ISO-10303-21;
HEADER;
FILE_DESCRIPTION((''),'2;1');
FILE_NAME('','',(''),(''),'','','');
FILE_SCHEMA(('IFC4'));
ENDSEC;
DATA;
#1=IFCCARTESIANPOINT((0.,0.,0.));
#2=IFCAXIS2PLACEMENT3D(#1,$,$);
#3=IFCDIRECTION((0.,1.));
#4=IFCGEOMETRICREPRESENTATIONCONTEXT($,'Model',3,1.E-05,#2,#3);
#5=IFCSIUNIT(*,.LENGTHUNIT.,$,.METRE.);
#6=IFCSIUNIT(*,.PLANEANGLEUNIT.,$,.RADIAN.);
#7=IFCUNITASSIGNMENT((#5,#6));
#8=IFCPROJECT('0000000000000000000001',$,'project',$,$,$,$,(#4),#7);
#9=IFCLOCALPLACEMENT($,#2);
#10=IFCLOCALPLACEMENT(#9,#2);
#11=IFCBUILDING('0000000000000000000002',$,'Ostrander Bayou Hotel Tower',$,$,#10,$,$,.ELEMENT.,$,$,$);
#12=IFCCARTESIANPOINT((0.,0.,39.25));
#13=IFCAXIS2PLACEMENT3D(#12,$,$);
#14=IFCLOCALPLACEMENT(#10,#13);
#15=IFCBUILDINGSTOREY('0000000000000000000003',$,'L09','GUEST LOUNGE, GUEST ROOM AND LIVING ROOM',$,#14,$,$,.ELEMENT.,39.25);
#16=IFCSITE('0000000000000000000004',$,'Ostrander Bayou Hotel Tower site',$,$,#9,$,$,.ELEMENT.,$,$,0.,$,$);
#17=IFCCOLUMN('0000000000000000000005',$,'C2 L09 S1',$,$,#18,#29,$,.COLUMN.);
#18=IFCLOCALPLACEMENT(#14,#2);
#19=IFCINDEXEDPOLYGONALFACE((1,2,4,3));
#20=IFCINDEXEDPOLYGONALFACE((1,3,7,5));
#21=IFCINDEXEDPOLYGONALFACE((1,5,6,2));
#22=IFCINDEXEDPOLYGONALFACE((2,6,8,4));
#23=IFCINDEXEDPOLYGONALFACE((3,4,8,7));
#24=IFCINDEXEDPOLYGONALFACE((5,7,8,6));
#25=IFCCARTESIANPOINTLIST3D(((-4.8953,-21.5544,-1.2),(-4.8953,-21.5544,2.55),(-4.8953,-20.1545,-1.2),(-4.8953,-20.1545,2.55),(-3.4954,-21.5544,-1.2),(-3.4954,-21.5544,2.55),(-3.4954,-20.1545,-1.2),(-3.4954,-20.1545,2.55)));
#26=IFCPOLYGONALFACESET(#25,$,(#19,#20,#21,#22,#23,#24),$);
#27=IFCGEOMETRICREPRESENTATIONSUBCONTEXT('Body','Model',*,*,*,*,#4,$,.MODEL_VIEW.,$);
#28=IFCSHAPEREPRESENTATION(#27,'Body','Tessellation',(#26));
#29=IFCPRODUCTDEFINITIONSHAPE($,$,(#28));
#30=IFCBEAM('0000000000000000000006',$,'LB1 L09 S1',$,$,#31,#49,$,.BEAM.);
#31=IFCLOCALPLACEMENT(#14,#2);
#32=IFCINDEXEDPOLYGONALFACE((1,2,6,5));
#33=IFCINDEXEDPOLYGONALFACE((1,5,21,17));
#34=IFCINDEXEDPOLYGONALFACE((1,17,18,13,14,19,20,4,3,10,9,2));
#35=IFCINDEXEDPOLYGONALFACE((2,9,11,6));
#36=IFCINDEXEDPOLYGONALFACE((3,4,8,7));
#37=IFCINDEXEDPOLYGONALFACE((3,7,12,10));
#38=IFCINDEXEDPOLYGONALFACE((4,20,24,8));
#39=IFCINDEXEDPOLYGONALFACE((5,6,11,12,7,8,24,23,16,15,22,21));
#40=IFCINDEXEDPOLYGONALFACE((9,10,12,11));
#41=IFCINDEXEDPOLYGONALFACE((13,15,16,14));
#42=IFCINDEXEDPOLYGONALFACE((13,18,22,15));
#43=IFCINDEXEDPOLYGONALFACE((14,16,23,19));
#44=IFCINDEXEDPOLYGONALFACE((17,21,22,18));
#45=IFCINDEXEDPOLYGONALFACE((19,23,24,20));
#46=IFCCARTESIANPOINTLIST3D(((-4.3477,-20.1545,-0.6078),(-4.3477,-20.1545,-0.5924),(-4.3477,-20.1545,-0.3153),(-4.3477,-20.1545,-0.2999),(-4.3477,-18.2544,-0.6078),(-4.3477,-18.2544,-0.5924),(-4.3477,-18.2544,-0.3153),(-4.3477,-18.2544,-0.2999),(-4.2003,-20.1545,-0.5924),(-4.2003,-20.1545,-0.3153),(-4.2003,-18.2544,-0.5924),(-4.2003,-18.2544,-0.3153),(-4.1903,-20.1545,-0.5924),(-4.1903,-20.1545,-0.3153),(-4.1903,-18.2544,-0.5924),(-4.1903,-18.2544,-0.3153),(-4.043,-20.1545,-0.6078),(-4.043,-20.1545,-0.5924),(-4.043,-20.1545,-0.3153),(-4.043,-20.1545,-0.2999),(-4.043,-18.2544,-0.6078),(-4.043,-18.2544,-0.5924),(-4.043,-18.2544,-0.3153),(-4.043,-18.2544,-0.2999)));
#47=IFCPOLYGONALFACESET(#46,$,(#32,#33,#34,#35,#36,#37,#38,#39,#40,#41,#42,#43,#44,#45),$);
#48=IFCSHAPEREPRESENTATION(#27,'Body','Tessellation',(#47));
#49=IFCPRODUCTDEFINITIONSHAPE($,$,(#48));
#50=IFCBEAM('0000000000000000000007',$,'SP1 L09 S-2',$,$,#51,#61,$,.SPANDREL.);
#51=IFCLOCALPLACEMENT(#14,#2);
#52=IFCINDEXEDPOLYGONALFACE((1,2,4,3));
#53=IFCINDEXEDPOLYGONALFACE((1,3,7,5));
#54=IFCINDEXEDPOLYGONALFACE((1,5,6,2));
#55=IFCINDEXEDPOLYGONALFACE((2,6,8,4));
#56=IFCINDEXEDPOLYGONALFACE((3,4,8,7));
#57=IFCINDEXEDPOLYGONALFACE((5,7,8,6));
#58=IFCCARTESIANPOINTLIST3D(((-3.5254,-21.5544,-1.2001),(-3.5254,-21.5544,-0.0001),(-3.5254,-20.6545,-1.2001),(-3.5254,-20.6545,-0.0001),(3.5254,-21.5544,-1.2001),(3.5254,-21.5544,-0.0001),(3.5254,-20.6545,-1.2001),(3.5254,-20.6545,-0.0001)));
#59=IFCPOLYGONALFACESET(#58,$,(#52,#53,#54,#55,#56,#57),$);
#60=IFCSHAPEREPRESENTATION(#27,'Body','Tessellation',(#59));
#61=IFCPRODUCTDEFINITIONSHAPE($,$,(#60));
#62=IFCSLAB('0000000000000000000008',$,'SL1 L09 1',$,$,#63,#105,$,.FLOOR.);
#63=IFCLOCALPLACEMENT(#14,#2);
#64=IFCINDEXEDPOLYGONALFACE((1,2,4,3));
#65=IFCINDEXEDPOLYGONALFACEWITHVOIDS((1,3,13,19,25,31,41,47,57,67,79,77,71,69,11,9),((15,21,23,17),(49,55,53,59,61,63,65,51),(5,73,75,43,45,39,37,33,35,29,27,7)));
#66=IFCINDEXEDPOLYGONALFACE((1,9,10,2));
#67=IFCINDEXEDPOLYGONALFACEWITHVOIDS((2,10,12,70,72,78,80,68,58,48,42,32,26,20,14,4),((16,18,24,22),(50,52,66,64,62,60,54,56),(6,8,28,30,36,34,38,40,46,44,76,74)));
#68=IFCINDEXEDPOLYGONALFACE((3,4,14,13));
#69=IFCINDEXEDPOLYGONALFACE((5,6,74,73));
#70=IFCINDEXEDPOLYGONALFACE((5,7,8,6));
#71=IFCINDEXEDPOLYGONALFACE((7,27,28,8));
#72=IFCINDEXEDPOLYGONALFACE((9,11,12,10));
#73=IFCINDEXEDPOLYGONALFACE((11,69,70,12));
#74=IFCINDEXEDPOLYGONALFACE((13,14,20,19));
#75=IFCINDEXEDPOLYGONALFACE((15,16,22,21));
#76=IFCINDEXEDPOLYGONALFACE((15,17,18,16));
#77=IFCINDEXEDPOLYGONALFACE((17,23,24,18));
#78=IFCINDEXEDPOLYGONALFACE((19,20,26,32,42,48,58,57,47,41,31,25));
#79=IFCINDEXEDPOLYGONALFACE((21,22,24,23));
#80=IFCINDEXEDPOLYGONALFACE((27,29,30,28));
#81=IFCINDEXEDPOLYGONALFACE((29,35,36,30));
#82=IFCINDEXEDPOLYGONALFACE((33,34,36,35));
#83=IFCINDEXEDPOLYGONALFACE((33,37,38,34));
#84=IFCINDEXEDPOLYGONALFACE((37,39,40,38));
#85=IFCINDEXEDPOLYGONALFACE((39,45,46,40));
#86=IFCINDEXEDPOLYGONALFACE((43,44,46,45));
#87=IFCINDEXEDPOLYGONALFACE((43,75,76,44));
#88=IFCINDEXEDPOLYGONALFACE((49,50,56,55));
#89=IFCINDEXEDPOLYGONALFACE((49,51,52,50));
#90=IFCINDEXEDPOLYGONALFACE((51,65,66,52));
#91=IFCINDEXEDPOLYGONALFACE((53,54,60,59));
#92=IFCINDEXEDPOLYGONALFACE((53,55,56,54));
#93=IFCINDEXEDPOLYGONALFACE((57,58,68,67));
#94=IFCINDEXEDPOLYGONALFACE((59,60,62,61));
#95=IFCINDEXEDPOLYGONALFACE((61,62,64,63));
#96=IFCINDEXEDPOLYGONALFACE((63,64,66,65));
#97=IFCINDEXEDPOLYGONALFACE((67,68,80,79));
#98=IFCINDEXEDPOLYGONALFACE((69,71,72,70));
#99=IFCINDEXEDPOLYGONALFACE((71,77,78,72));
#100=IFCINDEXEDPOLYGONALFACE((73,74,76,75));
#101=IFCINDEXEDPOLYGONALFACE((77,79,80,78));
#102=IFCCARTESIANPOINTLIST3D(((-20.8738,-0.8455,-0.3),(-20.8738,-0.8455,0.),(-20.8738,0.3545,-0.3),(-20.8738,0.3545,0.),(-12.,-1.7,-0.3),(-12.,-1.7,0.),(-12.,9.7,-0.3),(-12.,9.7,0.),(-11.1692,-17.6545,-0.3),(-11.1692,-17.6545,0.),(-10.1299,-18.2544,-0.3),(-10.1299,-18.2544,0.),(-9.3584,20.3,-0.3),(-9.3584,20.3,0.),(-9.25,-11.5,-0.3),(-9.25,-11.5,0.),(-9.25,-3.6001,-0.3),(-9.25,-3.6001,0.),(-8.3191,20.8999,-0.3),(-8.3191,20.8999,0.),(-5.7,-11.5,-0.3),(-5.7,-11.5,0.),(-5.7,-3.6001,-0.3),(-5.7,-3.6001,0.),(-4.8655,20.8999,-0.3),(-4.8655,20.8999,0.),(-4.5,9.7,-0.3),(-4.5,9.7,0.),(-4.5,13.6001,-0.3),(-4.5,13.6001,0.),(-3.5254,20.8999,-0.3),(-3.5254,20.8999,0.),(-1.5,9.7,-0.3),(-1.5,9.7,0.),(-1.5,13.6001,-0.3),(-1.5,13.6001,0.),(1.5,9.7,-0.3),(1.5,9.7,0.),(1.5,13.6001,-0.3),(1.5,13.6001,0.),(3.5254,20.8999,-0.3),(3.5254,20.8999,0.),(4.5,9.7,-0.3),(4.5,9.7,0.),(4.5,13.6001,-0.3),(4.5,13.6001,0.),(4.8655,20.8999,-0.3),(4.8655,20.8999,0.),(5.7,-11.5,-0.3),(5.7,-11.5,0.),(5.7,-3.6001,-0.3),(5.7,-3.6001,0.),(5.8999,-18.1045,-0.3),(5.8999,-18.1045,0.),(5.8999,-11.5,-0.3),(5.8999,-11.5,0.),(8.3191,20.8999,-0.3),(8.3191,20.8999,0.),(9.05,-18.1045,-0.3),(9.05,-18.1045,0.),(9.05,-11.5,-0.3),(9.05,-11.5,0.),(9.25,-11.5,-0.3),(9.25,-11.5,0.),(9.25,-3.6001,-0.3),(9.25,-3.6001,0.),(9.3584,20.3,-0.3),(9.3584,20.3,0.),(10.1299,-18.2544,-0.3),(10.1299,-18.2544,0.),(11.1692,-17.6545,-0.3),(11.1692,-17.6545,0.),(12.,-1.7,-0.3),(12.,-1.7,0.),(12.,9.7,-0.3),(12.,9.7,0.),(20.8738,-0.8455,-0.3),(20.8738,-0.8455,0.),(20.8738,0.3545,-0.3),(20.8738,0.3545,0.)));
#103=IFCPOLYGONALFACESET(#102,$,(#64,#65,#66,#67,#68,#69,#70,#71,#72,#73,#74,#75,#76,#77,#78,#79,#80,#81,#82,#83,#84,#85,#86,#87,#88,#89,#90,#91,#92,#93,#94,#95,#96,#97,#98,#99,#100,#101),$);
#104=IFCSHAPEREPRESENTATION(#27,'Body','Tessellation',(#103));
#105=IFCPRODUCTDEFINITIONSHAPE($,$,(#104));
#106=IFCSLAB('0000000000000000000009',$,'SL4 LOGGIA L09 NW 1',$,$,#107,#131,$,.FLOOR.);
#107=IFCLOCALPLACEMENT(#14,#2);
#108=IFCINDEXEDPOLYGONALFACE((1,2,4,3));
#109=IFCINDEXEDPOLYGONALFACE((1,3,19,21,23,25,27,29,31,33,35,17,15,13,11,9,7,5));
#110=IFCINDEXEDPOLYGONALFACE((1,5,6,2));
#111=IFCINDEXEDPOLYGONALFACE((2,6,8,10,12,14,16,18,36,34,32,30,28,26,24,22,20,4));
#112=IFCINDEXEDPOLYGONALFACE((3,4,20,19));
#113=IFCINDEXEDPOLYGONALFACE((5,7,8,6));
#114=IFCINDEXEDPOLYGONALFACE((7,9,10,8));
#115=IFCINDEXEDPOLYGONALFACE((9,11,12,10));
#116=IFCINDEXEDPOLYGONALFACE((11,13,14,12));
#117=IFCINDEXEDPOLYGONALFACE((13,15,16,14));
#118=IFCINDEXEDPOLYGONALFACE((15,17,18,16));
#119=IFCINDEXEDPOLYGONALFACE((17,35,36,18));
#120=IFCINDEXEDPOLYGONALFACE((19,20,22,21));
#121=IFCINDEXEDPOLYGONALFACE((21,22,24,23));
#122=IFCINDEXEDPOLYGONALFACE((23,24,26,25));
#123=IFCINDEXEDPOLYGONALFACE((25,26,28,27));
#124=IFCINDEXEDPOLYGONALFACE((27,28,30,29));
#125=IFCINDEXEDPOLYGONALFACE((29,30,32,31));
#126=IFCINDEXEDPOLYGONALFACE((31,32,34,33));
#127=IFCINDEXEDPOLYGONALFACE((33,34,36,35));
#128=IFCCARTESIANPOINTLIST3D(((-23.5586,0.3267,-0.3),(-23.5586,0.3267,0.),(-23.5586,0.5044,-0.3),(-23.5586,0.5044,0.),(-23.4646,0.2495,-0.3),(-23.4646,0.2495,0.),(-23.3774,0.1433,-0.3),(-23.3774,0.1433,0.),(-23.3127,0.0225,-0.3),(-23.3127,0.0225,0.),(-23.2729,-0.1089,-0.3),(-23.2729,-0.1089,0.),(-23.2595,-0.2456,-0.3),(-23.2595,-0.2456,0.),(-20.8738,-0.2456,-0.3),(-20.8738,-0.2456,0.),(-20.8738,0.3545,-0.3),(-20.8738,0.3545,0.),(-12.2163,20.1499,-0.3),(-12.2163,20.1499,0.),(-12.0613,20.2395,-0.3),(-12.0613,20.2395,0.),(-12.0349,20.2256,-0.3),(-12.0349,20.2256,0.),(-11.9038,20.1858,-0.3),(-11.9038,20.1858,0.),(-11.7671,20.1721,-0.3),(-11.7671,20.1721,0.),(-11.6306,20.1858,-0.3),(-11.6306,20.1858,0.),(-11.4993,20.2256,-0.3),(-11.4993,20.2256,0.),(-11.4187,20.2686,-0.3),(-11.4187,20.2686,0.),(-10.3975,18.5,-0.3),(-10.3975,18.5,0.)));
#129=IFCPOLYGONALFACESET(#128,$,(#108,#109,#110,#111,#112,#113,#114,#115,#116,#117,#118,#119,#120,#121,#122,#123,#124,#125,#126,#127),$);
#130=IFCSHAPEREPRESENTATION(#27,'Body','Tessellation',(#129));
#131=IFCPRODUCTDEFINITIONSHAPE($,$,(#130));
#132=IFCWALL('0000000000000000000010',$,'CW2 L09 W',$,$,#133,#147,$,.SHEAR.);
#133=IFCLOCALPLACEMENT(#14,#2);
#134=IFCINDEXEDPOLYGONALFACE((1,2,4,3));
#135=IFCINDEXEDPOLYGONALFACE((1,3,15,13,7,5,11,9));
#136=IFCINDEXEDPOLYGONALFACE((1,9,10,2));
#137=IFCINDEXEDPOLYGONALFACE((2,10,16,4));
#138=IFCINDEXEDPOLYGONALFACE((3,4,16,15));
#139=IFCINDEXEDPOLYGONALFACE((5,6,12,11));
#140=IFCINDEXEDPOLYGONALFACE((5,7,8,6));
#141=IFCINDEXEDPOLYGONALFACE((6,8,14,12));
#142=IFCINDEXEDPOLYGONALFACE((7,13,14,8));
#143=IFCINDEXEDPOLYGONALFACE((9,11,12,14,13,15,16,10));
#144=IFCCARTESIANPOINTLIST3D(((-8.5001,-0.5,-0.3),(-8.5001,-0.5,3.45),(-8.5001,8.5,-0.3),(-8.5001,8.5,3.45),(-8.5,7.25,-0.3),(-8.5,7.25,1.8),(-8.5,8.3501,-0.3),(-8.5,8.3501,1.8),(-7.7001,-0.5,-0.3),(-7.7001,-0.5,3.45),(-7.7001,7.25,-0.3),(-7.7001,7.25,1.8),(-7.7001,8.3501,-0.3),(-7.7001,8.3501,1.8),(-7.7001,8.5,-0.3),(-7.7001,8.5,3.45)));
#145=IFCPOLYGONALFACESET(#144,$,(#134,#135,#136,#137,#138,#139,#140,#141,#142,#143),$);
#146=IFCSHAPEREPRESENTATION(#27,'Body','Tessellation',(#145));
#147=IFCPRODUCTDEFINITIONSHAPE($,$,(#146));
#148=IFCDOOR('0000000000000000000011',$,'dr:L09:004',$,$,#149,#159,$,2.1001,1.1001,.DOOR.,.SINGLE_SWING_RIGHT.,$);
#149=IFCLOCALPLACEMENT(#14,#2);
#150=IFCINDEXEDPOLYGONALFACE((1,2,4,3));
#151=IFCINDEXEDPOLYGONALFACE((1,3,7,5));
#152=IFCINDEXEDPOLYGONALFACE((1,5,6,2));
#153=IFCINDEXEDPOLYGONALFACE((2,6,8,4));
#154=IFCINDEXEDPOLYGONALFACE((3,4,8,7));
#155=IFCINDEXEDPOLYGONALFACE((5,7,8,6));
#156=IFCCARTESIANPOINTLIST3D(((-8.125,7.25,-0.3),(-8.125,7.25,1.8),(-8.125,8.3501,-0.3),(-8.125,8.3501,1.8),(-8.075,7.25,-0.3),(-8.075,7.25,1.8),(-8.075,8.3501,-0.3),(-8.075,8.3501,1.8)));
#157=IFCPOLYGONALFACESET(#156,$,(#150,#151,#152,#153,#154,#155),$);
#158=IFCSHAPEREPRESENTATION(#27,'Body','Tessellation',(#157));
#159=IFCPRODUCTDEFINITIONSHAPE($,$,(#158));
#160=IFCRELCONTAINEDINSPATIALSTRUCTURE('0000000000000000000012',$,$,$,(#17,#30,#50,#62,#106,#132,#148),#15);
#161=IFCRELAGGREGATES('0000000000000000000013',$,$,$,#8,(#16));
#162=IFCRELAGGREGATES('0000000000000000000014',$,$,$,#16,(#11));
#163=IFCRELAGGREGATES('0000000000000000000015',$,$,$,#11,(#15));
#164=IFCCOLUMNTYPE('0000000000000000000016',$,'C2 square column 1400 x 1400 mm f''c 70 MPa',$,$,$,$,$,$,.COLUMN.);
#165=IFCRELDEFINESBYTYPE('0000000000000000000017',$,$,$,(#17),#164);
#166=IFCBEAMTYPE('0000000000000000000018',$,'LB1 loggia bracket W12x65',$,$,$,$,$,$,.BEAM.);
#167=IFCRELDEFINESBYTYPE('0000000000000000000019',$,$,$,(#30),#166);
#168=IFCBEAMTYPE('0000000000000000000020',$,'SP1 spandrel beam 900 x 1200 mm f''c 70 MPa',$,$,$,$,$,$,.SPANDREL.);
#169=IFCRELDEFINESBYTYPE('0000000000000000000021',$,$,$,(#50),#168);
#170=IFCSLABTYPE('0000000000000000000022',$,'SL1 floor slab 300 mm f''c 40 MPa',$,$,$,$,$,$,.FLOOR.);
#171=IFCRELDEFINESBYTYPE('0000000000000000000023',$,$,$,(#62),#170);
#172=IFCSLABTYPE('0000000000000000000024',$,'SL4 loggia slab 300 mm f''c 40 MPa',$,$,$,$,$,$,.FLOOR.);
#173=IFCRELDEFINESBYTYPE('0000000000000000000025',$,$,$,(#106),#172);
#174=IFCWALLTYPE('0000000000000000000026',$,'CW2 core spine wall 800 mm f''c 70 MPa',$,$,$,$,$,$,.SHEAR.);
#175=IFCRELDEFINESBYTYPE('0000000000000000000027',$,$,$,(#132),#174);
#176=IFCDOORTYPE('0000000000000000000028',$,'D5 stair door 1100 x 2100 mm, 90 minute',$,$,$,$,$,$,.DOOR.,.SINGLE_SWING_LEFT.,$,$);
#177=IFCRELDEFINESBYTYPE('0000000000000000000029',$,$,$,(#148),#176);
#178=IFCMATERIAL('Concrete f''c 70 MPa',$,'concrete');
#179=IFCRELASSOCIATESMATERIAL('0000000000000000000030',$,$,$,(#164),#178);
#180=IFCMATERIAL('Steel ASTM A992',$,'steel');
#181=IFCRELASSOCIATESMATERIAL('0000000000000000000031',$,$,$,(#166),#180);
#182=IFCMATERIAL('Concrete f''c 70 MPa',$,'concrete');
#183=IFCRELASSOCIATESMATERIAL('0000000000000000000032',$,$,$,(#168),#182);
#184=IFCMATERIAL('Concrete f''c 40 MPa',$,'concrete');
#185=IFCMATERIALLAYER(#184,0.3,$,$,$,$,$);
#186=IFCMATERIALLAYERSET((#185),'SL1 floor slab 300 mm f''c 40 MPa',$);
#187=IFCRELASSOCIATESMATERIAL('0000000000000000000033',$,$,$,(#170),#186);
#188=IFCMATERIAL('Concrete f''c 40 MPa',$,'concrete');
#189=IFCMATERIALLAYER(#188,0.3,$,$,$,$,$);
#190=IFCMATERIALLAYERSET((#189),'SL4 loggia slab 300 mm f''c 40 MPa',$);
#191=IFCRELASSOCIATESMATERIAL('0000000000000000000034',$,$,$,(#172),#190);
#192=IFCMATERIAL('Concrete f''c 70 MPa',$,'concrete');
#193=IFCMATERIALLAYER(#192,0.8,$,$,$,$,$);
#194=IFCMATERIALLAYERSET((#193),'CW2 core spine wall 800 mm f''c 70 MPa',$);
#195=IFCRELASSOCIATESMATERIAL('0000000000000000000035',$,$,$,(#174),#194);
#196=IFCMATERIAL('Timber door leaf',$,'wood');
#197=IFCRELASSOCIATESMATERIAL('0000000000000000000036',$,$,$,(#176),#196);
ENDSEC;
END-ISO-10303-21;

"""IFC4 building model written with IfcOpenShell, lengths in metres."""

from ifc_helpers import new_model, si_unit, direction, frame, frame_2d, origin, origin_2d, place, context, subcontext, project, spatial, polyline, rectangle, i_section, outline, extrude, material, layer, layer_set, material_profile, profile_set, type_object, element, fill, save


model = new_model("IFC4")

# Units and contexts
model_context = context("Model", 3, precision=1e-05, world=origin(), true_north=direction((0.0, 1.0)))
body_context = subcontext(model_context, "Body", "Model", "MODEL_VIEW")
ifc_project = project(units=[si_unit("LENGTHUNIT", "METRE"), si_unit("PLANEANGLEUNIT", "RADIAN")], contexts=[model_context])

# Site, building, storey
site_placement = place(None, origin())
site = spatial("IfcSite", under=ifc_project, at=site_placement, Name="Ostrander Bayou Hotel Tower site", CompositionType="ELEMENT", RefElevation=0.0)
building_placement = place(site_placement, origin())
building = spatial("IfcBuilding", under=site, at=building_placement, Name="Ostrander Bayou Hotel Tower", CompositionType="ELEMENT")
storey_placement = place(building_placement, frame((0.0, 0.0, 39.25)))
storey = spatial("IfcBuildingStorey", under=building, at=storey_placement, Name="L09", Description="GUEST LOUNGE, GUEST ROOM AND LIVING ROOM", CompositionType="ELEMENT", Elevation=39.25)

# Column
ifc_material_1 = material(Name="Concrete f'c 70 MPa", Category="concrete")
ifc_material_profile_1 = material_profile(ifc_material_1, rectangle(XDim=1.3999, YDim=1.3999, at=origin_2d()))
ifc_profile_set_1 = profile_set([ifc_material_profile_1], Name="Concrete f'c 70 MPa")
column_type = type_object("IfcColumnType", Name="C2 square column 1400 x 1400 mm f'c 70 MPa", PredefinedType="COLUMN", material=ifc_profile_set_1)
column_placement = place(storey_placement, frame((-4.1953, -20.8545, -1.2), z_axis=(0.0, 0.0, 1.0), x_axis=(-1.0, 0.0, 0.0)))
element("IfcColumn", 1, at=column_placement, inside=storey, type_object=column_type, Name="C2 L09 S1", PredefinedType="COLUMN", context=body_context, shape_type="SweptSolid", body=[
    extrude(rectangle(XDim=1.3999, YDim=1.3999, at=origin_2d()), origin(), (0.0, 0.0, 1.0), 3.75),
])

# Beams
ifc_material_2 = material(Name="Steel ASTM A992", Category="steel")
ifc_material_profile_2 = material_profile(ifc_material_2, i_section(OverallWidth=0.3047, OverallDepth=0.3079, WebThickness=0.01, FlangeThickness=0.0154, at=origin_2d()))
ifc_profile_set_2 = profile_set([ifc_material_profile_2], Name="Steel ASTM A992")
beam_type_1 = type_object("IfcBeamType", Name="LB1 loggia bracket W12x65", PredefinedType="BEAM", material=ifc_profile_set_2)
beam_1_placement = place(storey_placement, frame((-4.1953, -20.1545, -0.4539), z_axis=(0.0, 1.0, 0.0), x_axis=(-1.0, 0.0, 0.0)))
element("IfcBeam", 2, at=beam_1_placement, inside=storey, type_object=beam_type_1, Name="LB1 L09 S1", PredefinedType="BEAM", context=body_context, shape_type="SweptSolid", body=[
    extrude(i_section(OverallWidth=0.3047, OverallDepth=0.3079, WebThickness=0.01, FlangeThickness=0.0154, at=origin_2d()), origin(), (0.0, 0.0, 1.0), 1.9001),
])
ifc_material_3 = material(Name="Concrete f'c 70 MPa", Category="concrete")
ifc_material_profile_3 = material_profile(ifc_material_3, rectangle(XDim=0.8999, YDim=1.2, at=origin_2d()))
ifc_profile_set_3 = profile_set([ifc_material_profile_3], Name="Concrete f'c 70 MPa")
beam_type_2 = type_object("IfcBeamType", Name="SP1 spandrel beam 900 x 1200 mm f'c 70 MPa", PredefinedType="SPANDREL", material=ifc_profile_set_3)
beam_2_placement = place(storey_placement, frame((-3.5254, -21.1045, -0.6001), z_axis=(1.0, 0.0, 0.0), x_axis=(0.0, 1.0, 0.0)))
element("IfcBeam", 3, at=beam_2_placement, inside=storey, type_object=beam_type_2, Name="SP1 L09 S-2", PredefinedType="SPANDREL", context=body_context, shape_type="SweptSolid", body=[
    extrude(rectangle(XDim=0.8999, YDim=1.2, at=origin_2d()), origin(), (0.0, 0.0, 1.0), 7.0508),
])

# Slabs
ifc_material_4 = material(Name="Concrete f'c 40 MPa", Category="concrete")
ifc_layer_1 = layer(ifc_material_4, 0.3)
ifc_layer_set_1 = layer_set([ifc_layer_1], Name="SL1 floor slab 300 mm f'c 40 MPa")
slab_type_1 = type_object("IfcSlabType", Name="SL1 floor slab 300 mm f'c 40 MPa", PredefinedType="FLOOR", material=ifc_layer_set_1)
slab_1_placement = place(storey_placement, frame((0.0, 0.0, -0.3)))
element("IfcSlab", 4, at=slab_1_placement, inside=storey, type_object=slab_type_1, Name="SL1 L09 1", PredefinedType="FLOOR", context=body_context, shape_type="SweptSolid", body=[
    extrude(outline(polyline([(-3.5254, 20.8999), (3.5254, 20.8999), (4.8655, 20.8999), (8.3191, 20.8999), (9.3584, 20.3), (20.8738, 0.3545), (20.8738, -0.8455), (11.1692, -17.6545), (10.1299, -18.2544), (-10.1299, -18.2544), (-11.1692, -17.6545), (-20.8738, -0.8455), (-20.8738, 0.3545), (-9.3584, 20.3), (-8.3191, 20.8999), (-4.8655, 20.8999), (-3.5254, 20.8999)]), holes=[polyline([(-12.0, -1.7), (12.0, -1.7), (12.0, 9.7), (4.5, 9.7), (4.5, 13.6001), (1.5, 13.6001), (1.5, 9.7), (-1.5, 9.7), (-1.5, 13.6001), (-4.5, 13.6001), (-4.5, 9.7), (-12.0, 9.7), (-12.0, -1.7)]), polyline([(9.05, -11.5), (9.25, -11.5), (9.25, -3.6001), (5.7, -3.6001), (5.7, -11.5), (5.8999, -11.5), (5.8999, -18.1045), (9.05, -18.1045), (9.05, -11.5)]), polyline([(-5.7, -3.6001), (-9.25, -3.6001), (-9.25, -11.5), (-5.7, -11.5), (-5.7, -3.6001)])]), origin(), (0.0, 0.0, 1.0), 0.3),
])
ifc_material_5 = material(Name="Concrete f'c 40 MPa", Category="concrete")
ifc_layer_2 = layer(ifc_material_5, 0.3)
ifc_layer_set_2 = layer_set([ifc_layer_2], Name="SL4 loggia slab 300 mm f'c 40 MPa")
slab_type_2 = type_object("IfcSlabType", Name="SL4 loggia slab 300 mm f'c 40 MPa", PredefinedType="FLOOR", material=ifc_layer_set_2)
slab_2_placement = place(storey_placement, frame((0.0, 0.0, -0.3)))
element("IfcSlab", 5, at=slab_2_placement, inside=storey, type_object=slab_type_2, Name="SL4 LOGGIA L09 NW 1", PredefinedType="FLOOR", context=body_context, shape_type="SweptSolid", body=[
    extrude(outline(polyline([(-23.2595, -0.2456), (-23.2729, -0.1089), (-23.3127, 0.0225), (-23.3774, 0.1433), (-23.4646, 0.2495), (-23.5586, 0.3267), (-23.5586, 0.5044), (-12.2163, 20.1499), (-12.0613, 20.2395), (-12.0349, 20.2256), (-11.9038, 20.1858), (-11.7671, 20.1721), (-11.6306, 20.1858), (-11.4993, 20.2256), (-11.4187, 20.2686), (-10.3975, 18.5), (-20.8738, 0.3545), (-20.8738, -0.2456), (-23.2595, -0.2456)])), origin(), (0.0, 0.0, 1.0), 0.3),
])

# Wall, opening, door
ifc_material_6 = material(Name="Concrete f'c 70 MPa", Category="concrete")
ifc_layer_3 = layer(ifc_material_6, 0.8)
ifc_layer_set_3 = layer_set([ifc_layer_3], Name="CW2 core spine wall 800 mm f'c 70 MPa")
wall_type_1 = type_object("IfcWallType", Name="CW2 core spine wall 800 mm f'c 70 MPa", PredefinedType="SHEAR", material=ifc_layer_set_3)
wall_1_placement = place(storey_placement, frame((-8.1001, -0.5, -0.3), z_axis=(0.0, 0.0, 1.0), x_axis=(0.0, 1.0, 0.0)))
wall_1 = element("IfcWall", 6, at=wall_1_placement, inside=storey, type_object=wall_type_1, Name="CW2 L09 W", PredefinedType="SHEAR", context=body_context, shape_type="SweptSolid", body=[
    extrude(rectangle(XDim=9.0, YDim=0.8, at=frame_2d((4.5, 0.0))), origin(), (0.0, 0.0, 1.0), 3.75),
])
opening_1_placement = place(wall_1_placement, frame((7.75, 0.0, 0.0)))
opening_1 = element("IfcOpeningElement", 7, at=opening_1_placement, cuts=wall_1, PredefinedType="OPENING", context=body_context, shape_type="SweptSolid", body=[
    extrude(rectangle(XDim=1.1001, YDim=2.1001, at=frame_2d((0.55, 1.05))), frame((0.0, 0.3999, 0.0), z_axis=(0.0, -1.0, 0.0), x_axis=(1.0, 0.0, 0.0)), (0.0, 0.0, 1.0), 0.8),
])
ifc_material_7 = material(Name="Timber door leaf", Category="wood")
door_type_1 = type_object("IfcDoorType", Name="D5 stair door 1100 x 2100 mm, 90 minute", OperationType="SINGLE_SWING_LEFT", PredefinedType="DOOR", material=ifc_material_7)
door_1_placement = place(opening_1_placement, origin())
door_1 = element("IfcDoor", 8, at=door_1_placement, inside=storey, type_object=door_type_1, Name="dr:L09:004", OperationType="SINGLE_SWING_RIGHT", OverallHeight=2.1001, OverallWidth=1.1001, PredefinedType="DOOR", context=body_context, shape_type="SweptSolid", body=[
    extrude(rectangle(XDim=1.1001, YDim=2.1001, at=frame_2d((0.55, 1.05))), frame((0.0, 0.0249, 0.0), z_axis=(0.0, -1.0, 0.0), x_axis=(1.0, 0.0, 0.0)), (0.0, 0.0, 1.0), 0.05),
])
fill(opening_1, door_1)

save(model, "model.ifc")
